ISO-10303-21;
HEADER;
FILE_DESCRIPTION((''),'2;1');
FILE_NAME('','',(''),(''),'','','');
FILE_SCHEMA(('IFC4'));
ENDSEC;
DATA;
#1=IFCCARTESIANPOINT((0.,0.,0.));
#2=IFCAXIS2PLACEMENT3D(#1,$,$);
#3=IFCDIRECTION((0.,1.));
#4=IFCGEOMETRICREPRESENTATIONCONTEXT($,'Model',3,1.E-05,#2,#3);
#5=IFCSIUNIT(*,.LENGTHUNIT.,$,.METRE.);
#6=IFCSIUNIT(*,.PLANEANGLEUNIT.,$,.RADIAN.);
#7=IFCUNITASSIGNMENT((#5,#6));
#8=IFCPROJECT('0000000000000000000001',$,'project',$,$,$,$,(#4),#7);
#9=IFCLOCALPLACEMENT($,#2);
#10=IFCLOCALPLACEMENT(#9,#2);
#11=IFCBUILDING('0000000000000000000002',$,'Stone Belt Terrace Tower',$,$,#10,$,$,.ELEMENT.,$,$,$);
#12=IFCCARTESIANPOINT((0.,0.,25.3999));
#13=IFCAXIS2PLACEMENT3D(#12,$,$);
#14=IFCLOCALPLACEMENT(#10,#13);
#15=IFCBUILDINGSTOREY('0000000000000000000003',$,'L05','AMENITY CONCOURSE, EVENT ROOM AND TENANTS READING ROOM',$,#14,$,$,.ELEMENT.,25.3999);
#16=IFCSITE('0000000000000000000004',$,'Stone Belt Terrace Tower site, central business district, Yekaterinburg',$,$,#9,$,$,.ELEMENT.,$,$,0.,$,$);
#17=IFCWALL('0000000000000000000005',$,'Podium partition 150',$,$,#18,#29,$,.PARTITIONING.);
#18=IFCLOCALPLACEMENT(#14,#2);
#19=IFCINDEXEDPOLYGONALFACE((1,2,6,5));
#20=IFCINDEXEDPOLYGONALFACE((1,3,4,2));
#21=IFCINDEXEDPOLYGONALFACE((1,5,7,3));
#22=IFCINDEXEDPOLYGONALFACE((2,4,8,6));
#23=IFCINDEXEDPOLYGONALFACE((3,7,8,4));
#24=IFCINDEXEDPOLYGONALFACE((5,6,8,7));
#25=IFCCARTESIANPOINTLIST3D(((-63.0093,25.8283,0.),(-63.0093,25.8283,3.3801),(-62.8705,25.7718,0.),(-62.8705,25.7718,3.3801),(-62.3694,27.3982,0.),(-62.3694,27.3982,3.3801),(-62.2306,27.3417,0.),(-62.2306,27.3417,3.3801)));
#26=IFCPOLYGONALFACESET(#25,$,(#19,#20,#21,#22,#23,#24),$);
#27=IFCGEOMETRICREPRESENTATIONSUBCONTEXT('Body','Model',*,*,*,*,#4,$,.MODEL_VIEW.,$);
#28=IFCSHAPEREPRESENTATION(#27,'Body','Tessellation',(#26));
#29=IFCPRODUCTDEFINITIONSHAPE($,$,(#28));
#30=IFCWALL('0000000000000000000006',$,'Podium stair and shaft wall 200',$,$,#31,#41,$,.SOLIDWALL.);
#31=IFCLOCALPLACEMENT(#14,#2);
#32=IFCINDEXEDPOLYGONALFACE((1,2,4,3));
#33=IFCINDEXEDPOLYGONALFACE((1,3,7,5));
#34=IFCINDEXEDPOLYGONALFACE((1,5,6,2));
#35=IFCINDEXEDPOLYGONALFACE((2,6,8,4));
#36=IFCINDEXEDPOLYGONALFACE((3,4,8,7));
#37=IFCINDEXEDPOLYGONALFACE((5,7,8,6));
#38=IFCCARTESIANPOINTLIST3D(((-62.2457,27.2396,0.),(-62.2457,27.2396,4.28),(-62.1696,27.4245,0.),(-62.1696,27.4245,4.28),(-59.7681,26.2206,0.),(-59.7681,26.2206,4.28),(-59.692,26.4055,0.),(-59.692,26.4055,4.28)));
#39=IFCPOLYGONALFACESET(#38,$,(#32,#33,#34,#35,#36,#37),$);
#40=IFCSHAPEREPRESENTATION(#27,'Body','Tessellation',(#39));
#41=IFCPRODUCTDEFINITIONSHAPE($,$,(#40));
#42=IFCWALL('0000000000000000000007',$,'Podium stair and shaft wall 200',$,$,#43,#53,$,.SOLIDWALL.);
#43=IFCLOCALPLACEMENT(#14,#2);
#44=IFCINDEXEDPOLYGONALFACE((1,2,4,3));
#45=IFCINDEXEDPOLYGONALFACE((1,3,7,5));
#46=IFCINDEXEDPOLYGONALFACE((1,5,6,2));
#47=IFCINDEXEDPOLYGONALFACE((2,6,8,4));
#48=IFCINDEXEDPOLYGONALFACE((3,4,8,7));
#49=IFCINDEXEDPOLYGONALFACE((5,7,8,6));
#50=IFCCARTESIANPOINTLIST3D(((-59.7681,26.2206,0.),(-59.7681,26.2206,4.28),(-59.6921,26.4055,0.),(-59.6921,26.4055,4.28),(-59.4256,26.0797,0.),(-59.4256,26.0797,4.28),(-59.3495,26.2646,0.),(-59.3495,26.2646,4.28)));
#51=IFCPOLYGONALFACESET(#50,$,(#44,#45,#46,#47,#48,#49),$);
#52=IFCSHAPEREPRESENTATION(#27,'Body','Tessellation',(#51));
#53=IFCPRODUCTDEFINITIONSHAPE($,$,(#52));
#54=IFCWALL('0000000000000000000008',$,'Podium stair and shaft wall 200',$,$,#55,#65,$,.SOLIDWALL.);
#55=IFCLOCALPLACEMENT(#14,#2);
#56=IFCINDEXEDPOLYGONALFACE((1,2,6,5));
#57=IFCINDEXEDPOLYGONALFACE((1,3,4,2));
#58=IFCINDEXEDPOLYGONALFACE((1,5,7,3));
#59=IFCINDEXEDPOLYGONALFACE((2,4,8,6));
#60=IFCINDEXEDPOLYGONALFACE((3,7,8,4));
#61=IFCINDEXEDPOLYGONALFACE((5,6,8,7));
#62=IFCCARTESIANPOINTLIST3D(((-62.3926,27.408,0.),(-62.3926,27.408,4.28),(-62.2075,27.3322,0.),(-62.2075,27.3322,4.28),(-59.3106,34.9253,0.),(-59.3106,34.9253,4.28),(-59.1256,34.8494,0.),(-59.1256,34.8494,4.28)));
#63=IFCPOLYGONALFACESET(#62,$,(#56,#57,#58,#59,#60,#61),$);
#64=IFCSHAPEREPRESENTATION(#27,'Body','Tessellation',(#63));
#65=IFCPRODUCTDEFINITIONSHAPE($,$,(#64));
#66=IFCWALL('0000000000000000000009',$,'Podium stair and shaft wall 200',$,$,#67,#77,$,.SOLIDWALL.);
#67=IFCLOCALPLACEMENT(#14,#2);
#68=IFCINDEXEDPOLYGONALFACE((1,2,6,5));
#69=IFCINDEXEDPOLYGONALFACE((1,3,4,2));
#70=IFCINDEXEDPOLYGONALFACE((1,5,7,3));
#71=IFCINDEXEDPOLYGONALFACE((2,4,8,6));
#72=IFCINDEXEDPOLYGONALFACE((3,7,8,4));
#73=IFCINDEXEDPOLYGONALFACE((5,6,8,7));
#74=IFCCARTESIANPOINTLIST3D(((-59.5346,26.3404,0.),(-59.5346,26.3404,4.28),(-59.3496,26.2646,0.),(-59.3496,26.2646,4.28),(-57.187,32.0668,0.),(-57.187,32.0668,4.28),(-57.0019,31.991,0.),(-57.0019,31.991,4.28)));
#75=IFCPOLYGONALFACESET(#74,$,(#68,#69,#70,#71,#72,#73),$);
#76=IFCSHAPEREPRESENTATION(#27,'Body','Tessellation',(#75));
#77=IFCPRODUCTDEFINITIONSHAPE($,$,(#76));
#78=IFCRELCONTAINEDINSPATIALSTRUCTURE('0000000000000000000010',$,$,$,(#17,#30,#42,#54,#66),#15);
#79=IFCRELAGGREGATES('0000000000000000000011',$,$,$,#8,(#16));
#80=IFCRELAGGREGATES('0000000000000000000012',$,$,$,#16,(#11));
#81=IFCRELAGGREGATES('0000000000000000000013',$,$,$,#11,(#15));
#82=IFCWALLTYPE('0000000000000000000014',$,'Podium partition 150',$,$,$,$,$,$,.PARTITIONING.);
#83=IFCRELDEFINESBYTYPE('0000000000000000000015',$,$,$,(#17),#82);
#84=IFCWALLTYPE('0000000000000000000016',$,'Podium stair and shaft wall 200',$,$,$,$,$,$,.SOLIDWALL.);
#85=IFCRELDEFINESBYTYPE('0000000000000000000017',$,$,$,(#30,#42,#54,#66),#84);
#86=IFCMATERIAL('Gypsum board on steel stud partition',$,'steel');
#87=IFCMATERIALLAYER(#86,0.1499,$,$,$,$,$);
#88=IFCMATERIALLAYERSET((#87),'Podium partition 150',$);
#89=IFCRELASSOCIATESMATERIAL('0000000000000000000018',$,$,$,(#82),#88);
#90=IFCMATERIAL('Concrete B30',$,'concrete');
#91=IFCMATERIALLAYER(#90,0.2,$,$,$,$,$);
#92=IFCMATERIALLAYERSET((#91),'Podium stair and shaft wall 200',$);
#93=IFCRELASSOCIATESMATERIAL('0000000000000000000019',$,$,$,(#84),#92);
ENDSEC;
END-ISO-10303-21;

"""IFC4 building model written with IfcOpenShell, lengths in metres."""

from ifc_helpers import new_model, si_unit, direction, frame, frame_2d, origin, place, context, subcontext, project, spatial, rectangle, extrude, material, layer, layer_set, type_object, element, save


model = new_model("IFC4")

# Units and contexts
model_context = context("Model", 3, precision=1e-05, world=origin(), true_north=direction((0.0, 1.0)))
body_context = subcontext(model_context, "Body", "Model", "MODEL_VIEW")
ifc_project = project(units=[si_unit("LENGTHUNIT", "METRE"), si_unit("PLANEANGLEUNIT", "RADIAN")], contexts=[model_context])

# Site, building, storey
site_placement = place(None, origin())
site = spatial("IfcSite", under=ifc_project, at=site_placement, Name="Stone Belt Terrace Tower site, central business district, Yekaterinburg", CompositionType="ELEMENT", RefElevation=0.0)
building_placement = place(site_placement, origin())
building = spatial("IfcBuilding", under=site, at=building_placement, Name="Stone Belt Terrace Tower", CompositionType="ELEMENT")
storey_placement = place(building_placement, frame((0.0, 0.0, 25.3999)))
storey = spatial("IfcBuildingStorey", under=building, at=storey_placement, Name="L05", Description="AMENITY CONCOURSE, EVENT ROOM AND TENANTS READING ROOM", CompositionType="ELEMENT", Elevation=25.3999)

# Walls
ifc_material_1 = material(Name="Gypsum board on steel stud partition", Category="steel")
ifc_layer_1 = layer(ifc_material_1, 0.1499)
ifc_layer_set_1 = layer_set([ifc_layer_1], Name="Podium partition 150")
wall_type_1 = type_object("IfcWallType", Name="Podium partition 150", PredefinedType="PARTITIONING", material=ifc_layer_set_1)
wall_1_placement = place(storey_placement, frame((-62.9399, 25.8, 0.0), z_axis=(0.0, 0.0, 1.0), x_axis=(0.377466, 0.926023, 0.0)))
element("IfcWall", 1, at=wall_1_placement, inside=storey, type_object=wall_type_1, Name="Podium partition 150", PredefinedType="PARTITIONING", context=body_context, shape_type="SweptSolid", body=[
    extrude(rectangle(XDim=1.6953, YDim=0.1499, at=frame_2d((0.8477, 0.0))), origin(), (0.0, 0.0, 1.0), 3.3801),
])
ifc_material_2 = material(Name="Concrete B30", Category="concrete")
ifc_layer_2 = layer(ifc_material_2, 0.2)
ifc_layer_set_2 = layer_set([ifc_layer_2], Name="Podium stair and shaft wall 200")
wall_type_2 = type_object("IfcWallType", Name="Podium stair and shaft wall 200", PredefinedType="SOLIDWALL", material=ifc_layer_set_2)
wall_2_placement = place(storey_placement, frame((-62.2075, 27.332, 0.0), z_axis=(0.0, 0.0, 1.0), x_axis=(0.924825, -0.380392, 0.0)))
element("IfcWall", 2, at=wall_2_placement, inside=storey, type_object=wall_type_2, Name="Podium stair and shaft wall 200", PredefinedType="SOLIDWALL", context=body_context, shape_type="SweptSolid", body=[
    extrude(rectangle(XDim=2.679, YDim=0.2, at=frame_2d((1.3394, 0.0))), origin(), (0.0, 0.0, 1.0), 4.28),
])
wall_3_placement = place(storey_placement, frame((-59.73, 26.313, 0.0), z_axis=(0.0, 0.0, 1.0), x_axis=(0.924842, -0.380352, 0.0)))
element("IfcWall", 3, at=wall_3_placement, inside=storey, type_object=wall_type_2, Name="Podium stair and shaft wall 200", PredefinedType="SOLIDWALL", context=body_context, shape_type="SweptSolid", body=[
    extrude(rectangle(XDim=0.3704, YDim=0.2, at=frame_2d((0.1851, 0.0))), origin(), (0.0, 0.0, 1.0), 4.28),
])
wall_4_placement = place(storey_placement, frame((-62.3, 27.3701, 0.0), z_axis=(0.0, 0.0, 1.0), x_axis=(0.379345, 0.925255, 0.0)))
element("IfcWall", 4, at=wall_4_placement, inside=storey, type_object=wall_type_2, Name="Podium stair and shaft wall 200", PredefinedType="SOLIDWALL", context=body_context, shape_type="SweptSolid", body=[
    extrude(rectangle(XDim=8.1245, YDim=0.2, at=frame_2d((4.0623, 0.0))), origin(), (0.0, 0.0, 1.0), 4.28),
])
wall_5_placement = place(storey_placement, frame((-59.4421, 26.3025, 0.0), z_axis=(0.0, 0.0, 1.0), x_axis=(0.379335, 0.92526, 0.0)))
element("IfcWall", 5, at=wall_5_placement, inside=storey, type_object=wall_type_2, Name="Podium stair and shaft wall 200", PredefinedType="SOLIDWALL", context=body_context, shape_type="SweptSolid", body=[
    extrude(rectangle(XDim=6.189, YDim=0.2, at=frame_2d((3.0945, 0.0))), origin(), (0.0, 0.0, 1.0), 4.28),
])

save(model, "model.ifc")
